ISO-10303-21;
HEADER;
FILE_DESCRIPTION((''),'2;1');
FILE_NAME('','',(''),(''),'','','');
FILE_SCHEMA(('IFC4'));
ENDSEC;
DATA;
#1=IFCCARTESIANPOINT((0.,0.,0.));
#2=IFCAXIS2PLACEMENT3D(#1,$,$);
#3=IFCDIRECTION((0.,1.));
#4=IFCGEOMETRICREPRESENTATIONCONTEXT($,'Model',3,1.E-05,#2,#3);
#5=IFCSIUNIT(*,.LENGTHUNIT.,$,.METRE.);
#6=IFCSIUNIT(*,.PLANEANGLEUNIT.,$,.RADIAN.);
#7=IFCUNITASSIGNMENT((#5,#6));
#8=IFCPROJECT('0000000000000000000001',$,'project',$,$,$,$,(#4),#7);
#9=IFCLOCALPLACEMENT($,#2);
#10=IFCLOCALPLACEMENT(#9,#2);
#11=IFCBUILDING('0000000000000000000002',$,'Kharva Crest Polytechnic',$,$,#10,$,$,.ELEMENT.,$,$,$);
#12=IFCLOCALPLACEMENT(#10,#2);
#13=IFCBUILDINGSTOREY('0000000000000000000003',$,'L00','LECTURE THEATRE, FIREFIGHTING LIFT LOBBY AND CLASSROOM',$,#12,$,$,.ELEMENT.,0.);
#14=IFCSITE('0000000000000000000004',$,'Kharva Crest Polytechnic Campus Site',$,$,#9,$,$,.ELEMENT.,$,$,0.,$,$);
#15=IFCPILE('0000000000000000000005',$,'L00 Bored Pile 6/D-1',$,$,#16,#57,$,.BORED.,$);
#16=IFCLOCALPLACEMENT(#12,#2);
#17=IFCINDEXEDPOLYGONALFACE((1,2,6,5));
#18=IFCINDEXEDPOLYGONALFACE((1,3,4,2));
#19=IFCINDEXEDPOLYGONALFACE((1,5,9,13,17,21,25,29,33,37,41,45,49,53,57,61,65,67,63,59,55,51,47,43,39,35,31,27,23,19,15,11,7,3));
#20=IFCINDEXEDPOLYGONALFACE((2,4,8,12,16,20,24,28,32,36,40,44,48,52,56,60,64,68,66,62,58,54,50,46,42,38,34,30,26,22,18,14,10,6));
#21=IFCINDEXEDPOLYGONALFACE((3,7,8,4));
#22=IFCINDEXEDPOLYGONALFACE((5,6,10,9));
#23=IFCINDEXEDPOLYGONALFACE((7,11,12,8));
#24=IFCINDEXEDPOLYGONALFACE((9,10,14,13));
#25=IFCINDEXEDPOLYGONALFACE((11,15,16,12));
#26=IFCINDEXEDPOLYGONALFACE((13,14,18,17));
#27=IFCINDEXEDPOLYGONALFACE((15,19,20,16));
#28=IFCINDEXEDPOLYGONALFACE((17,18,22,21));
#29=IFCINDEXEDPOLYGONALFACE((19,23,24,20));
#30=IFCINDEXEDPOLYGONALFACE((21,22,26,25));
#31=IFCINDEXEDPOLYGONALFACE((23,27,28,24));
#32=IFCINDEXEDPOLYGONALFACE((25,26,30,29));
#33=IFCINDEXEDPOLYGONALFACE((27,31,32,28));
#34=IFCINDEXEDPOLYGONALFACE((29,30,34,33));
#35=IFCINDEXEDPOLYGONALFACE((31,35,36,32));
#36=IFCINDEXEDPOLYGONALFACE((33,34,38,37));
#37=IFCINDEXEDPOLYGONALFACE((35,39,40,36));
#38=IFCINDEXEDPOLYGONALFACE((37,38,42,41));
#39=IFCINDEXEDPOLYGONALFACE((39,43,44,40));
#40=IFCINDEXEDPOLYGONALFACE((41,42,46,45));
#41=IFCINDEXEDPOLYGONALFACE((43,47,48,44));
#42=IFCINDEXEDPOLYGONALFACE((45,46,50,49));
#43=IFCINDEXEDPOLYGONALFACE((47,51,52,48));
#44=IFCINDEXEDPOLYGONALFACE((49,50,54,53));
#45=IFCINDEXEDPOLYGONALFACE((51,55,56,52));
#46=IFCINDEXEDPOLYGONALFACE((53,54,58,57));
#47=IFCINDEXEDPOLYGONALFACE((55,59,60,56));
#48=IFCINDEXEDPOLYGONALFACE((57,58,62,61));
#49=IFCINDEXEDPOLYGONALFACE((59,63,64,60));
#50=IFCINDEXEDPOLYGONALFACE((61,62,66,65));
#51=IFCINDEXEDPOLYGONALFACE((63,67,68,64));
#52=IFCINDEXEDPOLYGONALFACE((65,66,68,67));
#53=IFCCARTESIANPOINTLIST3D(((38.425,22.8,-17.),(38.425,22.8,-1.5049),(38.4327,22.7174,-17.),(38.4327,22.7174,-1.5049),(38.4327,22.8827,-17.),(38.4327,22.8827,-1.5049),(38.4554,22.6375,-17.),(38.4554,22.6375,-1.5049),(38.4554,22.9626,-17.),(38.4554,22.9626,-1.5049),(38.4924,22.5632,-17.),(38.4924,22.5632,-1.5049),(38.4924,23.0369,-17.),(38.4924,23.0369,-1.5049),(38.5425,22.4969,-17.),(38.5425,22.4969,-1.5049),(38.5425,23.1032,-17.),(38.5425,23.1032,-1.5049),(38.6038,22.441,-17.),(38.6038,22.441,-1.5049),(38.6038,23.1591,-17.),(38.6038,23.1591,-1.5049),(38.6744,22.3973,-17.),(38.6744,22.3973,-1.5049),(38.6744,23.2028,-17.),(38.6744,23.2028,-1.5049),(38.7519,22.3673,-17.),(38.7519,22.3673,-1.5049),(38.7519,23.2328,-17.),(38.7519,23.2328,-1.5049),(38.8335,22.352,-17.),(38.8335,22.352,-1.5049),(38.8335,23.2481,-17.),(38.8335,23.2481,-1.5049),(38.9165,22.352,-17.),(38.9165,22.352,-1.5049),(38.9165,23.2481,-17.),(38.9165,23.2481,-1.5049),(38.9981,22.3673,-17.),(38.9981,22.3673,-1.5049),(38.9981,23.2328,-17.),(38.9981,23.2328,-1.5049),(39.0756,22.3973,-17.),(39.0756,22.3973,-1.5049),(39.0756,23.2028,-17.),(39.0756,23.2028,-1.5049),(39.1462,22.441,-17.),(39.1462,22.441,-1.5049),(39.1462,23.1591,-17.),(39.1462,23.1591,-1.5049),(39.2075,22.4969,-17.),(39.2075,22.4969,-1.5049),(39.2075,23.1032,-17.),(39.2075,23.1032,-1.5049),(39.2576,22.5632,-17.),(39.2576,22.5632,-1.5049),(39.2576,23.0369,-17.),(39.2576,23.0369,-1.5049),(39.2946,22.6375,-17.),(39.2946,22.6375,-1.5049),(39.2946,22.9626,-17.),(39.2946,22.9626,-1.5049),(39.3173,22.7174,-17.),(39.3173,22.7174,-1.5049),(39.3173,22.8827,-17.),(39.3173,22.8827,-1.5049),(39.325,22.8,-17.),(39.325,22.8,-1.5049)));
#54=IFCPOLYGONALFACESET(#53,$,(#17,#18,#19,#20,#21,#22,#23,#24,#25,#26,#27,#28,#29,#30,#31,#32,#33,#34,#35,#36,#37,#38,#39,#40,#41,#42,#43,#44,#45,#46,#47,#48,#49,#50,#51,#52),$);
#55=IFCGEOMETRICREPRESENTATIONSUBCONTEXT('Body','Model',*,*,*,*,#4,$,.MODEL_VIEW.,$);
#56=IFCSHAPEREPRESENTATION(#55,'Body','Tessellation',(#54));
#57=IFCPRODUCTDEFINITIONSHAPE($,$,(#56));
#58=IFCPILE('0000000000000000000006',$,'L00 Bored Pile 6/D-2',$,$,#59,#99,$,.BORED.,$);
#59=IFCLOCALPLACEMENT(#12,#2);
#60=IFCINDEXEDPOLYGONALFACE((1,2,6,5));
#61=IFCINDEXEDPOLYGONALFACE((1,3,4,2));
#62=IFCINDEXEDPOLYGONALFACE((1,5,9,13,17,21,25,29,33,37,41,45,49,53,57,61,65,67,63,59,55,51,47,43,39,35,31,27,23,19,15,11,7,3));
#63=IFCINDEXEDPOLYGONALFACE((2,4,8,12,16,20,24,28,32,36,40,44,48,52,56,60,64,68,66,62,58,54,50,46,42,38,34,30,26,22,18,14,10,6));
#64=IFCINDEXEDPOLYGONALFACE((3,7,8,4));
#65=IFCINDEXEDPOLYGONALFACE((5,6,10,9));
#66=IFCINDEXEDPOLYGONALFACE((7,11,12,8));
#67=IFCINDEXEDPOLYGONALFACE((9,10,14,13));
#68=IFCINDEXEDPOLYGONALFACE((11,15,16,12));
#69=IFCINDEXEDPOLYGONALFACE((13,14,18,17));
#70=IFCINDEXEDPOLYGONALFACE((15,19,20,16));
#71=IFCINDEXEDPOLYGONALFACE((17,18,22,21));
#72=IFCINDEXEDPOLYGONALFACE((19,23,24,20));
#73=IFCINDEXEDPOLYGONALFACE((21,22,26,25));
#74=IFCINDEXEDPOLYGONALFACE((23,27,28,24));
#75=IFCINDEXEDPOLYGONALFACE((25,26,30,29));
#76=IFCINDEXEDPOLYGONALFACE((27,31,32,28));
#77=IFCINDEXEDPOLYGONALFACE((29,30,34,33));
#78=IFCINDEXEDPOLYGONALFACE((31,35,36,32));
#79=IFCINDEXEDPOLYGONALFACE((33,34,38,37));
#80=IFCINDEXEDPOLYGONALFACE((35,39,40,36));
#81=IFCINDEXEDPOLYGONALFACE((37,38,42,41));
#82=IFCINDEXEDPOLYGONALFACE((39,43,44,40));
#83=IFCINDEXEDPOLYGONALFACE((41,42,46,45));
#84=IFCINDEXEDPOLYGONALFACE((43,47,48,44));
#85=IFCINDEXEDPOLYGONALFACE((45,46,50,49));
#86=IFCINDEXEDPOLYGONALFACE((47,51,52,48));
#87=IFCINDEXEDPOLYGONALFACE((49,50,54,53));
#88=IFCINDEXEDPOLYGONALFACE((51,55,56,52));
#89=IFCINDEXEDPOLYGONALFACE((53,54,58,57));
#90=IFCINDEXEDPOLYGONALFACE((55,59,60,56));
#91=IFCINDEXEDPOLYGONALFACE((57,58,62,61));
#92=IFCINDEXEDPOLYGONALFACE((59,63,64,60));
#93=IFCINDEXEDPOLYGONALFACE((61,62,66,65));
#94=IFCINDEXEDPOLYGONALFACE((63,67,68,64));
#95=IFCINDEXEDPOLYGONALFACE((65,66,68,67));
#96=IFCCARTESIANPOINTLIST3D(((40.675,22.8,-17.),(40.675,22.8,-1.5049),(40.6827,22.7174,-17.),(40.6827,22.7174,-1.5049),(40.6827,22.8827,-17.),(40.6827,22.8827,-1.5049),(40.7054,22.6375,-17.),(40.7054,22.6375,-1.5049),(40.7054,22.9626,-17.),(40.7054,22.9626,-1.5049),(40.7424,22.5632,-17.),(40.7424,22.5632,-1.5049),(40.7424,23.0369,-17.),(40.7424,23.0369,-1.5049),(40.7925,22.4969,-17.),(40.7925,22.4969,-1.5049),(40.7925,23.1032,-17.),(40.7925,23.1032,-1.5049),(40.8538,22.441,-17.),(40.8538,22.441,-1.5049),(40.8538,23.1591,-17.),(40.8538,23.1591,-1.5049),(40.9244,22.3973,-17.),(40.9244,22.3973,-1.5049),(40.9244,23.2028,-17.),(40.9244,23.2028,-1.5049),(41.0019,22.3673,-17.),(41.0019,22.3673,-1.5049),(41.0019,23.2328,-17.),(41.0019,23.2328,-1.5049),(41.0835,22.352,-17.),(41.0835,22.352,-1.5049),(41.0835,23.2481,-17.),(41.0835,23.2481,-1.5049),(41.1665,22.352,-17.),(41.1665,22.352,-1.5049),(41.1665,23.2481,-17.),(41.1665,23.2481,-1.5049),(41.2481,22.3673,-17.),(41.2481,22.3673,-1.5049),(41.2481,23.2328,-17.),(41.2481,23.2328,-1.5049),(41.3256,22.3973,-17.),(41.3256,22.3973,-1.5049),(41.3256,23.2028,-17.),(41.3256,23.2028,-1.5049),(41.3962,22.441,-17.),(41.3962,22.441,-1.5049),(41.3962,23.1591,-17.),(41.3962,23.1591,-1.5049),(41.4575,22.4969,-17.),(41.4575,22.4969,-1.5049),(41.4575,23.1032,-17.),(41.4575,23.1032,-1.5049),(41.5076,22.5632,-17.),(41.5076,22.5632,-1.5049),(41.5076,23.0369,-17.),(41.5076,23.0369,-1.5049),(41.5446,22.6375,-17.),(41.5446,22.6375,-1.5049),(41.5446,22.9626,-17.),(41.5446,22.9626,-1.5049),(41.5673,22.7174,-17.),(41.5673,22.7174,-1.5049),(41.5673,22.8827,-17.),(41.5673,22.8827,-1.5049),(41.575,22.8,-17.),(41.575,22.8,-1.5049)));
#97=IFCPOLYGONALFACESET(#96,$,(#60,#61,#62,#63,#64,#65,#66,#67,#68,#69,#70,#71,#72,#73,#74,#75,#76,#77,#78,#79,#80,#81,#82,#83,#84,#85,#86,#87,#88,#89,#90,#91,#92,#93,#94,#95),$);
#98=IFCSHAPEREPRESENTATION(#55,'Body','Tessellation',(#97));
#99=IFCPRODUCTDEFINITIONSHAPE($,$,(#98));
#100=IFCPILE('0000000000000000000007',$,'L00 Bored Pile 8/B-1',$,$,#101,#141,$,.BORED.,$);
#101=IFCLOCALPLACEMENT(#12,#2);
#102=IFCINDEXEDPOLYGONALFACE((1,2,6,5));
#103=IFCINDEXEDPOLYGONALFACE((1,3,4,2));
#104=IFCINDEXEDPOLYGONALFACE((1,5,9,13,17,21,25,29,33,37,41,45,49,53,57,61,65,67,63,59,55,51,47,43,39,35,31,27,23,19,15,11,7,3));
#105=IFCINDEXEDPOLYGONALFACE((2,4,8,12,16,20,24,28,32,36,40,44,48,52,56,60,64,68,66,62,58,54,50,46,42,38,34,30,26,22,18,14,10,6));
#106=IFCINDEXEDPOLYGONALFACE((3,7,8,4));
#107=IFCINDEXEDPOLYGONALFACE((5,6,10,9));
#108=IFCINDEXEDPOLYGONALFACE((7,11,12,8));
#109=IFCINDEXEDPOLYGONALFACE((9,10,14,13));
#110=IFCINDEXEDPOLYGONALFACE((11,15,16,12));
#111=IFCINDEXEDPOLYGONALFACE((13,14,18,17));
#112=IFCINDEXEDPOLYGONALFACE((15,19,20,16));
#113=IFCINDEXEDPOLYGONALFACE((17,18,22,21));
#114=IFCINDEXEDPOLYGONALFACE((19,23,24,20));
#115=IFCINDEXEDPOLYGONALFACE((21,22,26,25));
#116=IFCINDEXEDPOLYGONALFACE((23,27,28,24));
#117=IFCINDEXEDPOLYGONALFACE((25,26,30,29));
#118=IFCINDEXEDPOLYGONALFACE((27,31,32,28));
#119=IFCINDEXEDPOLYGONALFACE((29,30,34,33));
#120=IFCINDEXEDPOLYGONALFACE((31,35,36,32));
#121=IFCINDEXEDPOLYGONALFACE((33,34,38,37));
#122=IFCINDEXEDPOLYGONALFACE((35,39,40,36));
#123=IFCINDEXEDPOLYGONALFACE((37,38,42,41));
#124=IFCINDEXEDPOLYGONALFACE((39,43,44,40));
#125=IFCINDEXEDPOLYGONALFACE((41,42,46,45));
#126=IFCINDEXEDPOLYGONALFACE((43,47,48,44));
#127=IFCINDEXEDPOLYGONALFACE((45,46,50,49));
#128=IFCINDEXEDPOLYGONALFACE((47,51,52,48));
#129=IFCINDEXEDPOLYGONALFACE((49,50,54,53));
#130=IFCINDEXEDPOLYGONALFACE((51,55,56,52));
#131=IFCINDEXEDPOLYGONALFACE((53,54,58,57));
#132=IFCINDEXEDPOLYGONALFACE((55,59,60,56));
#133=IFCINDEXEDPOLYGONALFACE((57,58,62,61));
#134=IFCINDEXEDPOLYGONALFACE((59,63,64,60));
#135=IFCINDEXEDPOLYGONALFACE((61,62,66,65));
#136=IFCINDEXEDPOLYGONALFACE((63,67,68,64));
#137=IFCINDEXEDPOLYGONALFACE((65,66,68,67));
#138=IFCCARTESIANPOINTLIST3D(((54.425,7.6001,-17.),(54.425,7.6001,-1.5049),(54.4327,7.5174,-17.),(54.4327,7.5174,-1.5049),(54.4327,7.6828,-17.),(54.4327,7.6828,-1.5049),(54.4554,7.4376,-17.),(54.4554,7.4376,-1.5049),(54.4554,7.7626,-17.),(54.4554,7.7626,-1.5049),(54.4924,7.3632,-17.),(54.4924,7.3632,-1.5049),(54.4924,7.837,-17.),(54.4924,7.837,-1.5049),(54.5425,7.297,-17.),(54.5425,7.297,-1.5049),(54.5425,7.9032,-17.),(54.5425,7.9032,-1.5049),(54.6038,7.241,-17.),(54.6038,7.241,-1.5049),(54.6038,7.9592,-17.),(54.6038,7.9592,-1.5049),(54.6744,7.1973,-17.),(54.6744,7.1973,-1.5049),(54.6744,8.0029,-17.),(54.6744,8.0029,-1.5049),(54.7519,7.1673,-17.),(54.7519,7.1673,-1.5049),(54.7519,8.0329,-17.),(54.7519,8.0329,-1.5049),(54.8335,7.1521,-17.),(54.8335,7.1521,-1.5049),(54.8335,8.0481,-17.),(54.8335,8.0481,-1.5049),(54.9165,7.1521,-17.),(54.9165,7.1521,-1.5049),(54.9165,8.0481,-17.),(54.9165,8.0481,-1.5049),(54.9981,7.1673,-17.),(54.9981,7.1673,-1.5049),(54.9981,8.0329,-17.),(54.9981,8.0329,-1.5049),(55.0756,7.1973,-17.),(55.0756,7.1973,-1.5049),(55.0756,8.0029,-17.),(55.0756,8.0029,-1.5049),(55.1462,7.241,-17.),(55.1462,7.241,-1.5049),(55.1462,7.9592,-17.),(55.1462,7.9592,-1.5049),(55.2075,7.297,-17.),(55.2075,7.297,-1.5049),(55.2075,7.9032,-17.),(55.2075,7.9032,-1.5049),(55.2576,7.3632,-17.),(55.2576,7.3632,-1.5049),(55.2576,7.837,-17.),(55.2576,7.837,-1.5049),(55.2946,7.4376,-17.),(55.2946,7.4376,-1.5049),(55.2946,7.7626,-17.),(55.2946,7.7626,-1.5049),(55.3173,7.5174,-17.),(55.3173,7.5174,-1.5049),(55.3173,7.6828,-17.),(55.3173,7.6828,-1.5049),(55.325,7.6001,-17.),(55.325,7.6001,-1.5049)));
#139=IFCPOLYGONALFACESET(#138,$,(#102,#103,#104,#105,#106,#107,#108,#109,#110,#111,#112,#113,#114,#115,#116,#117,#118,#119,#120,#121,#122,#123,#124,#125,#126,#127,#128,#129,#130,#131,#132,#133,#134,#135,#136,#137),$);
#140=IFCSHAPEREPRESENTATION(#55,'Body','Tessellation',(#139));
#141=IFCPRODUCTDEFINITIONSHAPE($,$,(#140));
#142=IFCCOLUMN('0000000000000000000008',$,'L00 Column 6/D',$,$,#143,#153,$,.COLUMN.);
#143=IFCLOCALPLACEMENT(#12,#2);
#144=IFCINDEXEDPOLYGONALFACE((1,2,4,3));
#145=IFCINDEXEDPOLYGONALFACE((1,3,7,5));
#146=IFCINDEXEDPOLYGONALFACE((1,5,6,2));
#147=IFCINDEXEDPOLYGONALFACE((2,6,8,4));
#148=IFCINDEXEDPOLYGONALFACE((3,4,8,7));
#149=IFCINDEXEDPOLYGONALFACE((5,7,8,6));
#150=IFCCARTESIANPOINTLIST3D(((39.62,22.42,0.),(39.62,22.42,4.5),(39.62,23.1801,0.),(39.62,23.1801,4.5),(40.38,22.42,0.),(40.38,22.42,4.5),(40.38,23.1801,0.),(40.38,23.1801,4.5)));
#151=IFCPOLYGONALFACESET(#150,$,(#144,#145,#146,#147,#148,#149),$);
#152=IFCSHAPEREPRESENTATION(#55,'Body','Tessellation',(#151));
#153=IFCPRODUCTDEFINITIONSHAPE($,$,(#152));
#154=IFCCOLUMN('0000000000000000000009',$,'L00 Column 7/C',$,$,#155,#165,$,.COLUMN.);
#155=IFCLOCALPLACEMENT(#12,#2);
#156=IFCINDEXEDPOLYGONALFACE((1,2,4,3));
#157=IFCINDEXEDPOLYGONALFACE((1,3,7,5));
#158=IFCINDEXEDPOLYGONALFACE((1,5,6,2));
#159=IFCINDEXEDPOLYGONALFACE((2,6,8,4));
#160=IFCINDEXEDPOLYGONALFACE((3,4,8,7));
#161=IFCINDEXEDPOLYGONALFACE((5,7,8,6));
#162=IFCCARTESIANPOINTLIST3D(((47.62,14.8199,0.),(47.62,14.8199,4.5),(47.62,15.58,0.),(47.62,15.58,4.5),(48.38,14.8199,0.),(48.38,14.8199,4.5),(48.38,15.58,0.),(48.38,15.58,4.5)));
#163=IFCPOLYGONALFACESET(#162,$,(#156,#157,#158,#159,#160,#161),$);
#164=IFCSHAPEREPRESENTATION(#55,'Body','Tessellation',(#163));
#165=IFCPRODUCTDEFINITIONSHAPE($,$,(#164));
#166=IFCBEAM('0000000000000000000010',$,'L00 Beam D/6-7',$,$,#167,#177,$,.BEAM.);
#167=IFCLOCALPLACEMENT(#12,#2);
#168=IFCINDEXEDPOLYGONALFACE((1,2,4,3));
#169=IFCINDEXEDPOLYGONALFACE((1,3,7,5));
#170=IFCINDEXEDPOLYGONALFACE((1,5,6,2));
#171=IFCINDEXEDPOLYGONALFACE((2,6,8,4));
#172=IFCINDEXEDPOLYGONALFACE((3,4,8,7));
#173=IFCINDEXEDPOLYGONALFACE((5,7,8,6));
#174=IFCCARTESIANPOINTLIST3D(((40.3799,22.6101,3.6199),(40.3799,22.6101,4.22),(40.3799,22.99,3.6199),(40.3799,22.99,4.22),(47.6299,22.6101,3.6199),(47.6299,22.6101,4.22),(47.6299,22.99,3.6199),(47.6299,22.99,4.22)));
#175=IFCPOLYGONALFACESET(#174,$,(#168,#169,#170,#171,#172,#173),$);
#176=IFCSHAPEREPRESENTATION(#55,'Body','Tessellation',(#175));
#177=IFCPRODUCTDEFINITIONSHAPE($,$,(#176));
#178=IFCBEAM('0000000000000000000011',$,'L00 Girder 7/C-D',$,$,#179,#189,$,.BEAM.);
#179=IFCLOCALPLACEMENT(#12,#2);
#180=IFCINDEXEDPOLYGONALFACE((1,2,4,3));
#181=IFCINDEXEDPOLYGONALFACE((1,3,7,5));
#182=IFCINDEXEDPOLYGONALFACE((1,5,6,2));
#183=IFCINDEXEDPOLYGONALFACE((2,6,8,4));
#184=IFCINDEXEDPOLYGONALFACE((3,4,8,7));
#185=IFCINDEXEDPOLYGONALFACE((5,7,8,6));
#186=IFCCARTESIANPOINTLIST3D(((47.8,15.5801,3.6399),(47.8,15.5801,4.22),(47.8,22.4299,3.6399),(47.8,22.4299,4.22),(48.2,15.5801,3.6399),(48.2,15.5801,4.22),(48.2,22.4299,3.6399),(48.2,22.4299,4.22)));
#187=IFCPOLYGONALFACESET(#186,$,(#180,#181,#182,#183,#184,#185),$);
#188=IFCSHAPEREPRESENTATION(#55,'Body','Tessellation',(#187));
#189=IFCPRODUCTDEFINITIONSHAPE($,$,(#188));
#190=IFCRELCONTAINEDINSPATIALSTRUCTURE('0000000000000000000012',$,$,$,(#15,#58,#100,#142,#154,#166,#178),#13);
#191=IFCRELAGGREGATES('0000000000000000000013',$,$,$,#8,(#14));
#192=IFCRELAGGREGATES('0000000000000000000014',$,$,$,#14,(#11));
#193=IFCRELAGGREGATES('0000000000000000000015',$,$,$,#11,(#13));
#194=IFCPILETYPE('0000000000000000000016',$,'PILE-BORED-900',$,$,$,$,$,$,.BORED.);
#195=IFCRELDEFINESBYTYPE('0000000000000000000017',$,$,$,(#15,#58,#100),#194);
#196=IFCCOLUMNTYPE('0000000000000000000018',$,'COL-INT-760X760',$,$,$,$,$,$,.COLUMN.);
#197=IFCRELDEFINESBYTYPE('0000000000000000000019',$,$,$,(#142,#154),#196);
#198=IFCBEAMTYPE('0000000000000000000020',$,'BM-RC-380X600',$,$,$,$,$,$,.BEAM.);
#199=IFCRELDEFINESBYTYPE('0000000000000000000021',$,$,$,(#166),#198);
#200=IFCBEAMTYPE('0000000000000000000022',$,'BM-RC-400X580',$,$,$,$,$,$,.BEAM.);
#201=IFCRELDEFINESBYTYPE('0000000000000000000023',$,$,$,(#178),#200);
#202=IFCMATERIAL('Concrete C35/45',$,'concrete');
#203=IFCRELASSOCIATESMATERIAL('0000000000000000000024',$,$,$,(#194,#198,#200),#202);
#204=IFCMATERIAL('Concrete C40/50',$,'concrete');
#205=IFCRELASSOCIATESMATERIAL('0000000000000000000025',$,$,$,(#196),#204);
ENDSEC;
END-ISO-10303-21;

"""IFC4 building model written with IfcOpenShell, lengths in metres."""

from ifc_helpers import new_model, si_unit, direction, frame, origin, origin_2d, place, context, subcontext, project, spatial, rectangle, circle, extrude, material, material_profile, profile_set, type_object, element, save


model = new_model("IFC4")

# Units and contexts
model_context = context("Model", 3, precision=1e-05, world=origin(), true_north=direction((0.0, 1.0)))
body_context = subcontext(model_context, "Body", "Model", "MODEL_VIEW")
ifc_project = project(units=[si_unit("LENGTHUNIT", "METRE"), si_unit("PLANEANGLEUNIT", "RADIAN")], contexts=[model_context])

# Site, building, storey
site_placement = place(None, origin())
site = spatial("IfcSite", under=ifc_project, at=site_placement, Name="Kharva Crest Polytechnic Campus Site", CompositionType="ELEMENT", RefElevation=0.0)
building_placement = place(site_placement, origin())
building = spatial("IfcBuilding", under=site, at=building_placement, Name="Kharva Crest Polytechnic", CompositionType="ELEMENT")
storey_placement = place(building_placement, origin())
storey = spatial("IfcBuildingStorey", under=building, at=storey_placement, Name="L00", Description="LECTURE THEATRE, FIREFIGHTING LIFT LOBBY AND CLASSROOM", CompositionType="ELEMENT", Elevation=0.0)

# Shared definitions
ifc_material_1 = material(Name="Concrete C35/45", Category="concrete")

# Piles
ifc_material_profile_1 = material_profile(ifc_material_1, circle(Radius=0.45, at=origin_2d()), Name="DIA 900")
ifc_profile_set_1 = profile_set([ifc_material_profile_1], Name="Concrete C35/45")
pile_type_1 = type_object("IfcPileType", Name="PILE-BORED-900", PredefinedType="BORED", material=ifc_profile_set_1)
for number, where, z_axis, x_axis, name in (
    (1, (38.875, 22.8, -1.5049), (0.0, 0.0, -1.0), (1.0, 0.0, 0.0), "L00 Bored Pile 6/D-1"),
    (2, (41.125, 22.8, -1.5049), (0.0, 0.0, -1.0), (1.0, 0.0, 0.0), "L00 Bored Pile 6/D-2"),
    (3, (54.875, 7.6001, -1.5049), (0.0, 0.0, -1.0), (1.0, 0.0, 0.0), "L00 Bored Pile 8/B-1"),
):
    element("IfcPile", number, at=place(storey_placement, frame(where, z_axis=z_axis, x_axis=x_axis)), inside=storey, type_object=pile_type_1, Name=name, PredefinedType="BORED", context=body_context, shape_type="SweptSolid", body=[
        extrude(circle(Radius=0.45, at=origin_2d()), origin(), (0.0, 0.0, 1.0), 15.4951),
    ])

# Columns
ifc_material_2 = material(Name="Concrete C40/50", Category="concrete")
ifc_material_profile_2 = material_profile(ifc_material_2, rectangle(XDim=0.76, YDim=0.76, at=origin_2d()), Name="RECT 760 X 760")
ifc_profile_set_2 = profile_set([ifc_material_profile_2], Name="Concrete C40/50")
column_type = type_object("IfcColumnType", Name="COL-INT-760X760", PredefinedType="COLUMN", material=ifc_profile_set_2)
for number, where, z_axis, x_axis, name in (
    (4, (40.0, 22.8, 0.0), (0.0, 0.0, 1.0), (1.0, 0.0, 0.0), "L00 Column 6/D"),
    (5, (48.0, 15.2, 0.0), (0.0, 0.0, 1.0), (1.0, 0.0, 0.0), "L00 Column 7/C"),
):
    element("IfcColumn", number, at=place(storey_placement, frame(where, z_axis=z_axis, x_axis=x_axis)), inside=storey, type_object=column_type, Name=name, PredefinedType="COLUMN", context=body_context, shape_type="SweptSolid", body=[
        extrude(rectangle(XDim=0.76, YDim=0.76, at=origin_2d()), origin(), (0.0, 0.0, 1.0), 4.5),
    ])

# Beams
ifc_material_profile_3 = material_profile(ifc_material_1, rectangle(XDim=0.3799, YDim=0.6001, at=origin_2d()), Name="RECT 380 X 600")
ifc_profile_set_3 = profile_set([ifc_material_profile_3], Name="Concrete C35/45")
beam_type_1 = type_object("IfcBeamType", Name="BM-RC-380X600", PredefinedType="BEAM", material=ifc_profile_set_3)
beam_1_placement = place(storey_placement, frame((40.3799, 22.8, 3.9199), z_axis=(1.0, 0.0, 0.0), x_axis=(0.0, 1.0, 0.0)))
element("IfcBeam", 6, at=beam_1_placement, inside=storey, type_object=beam_type_1, Name="L00 Beam D/6-7", PredefinedType="BEAM", context=body_context, shape_type="SweptSolid", body=[
    extrude(rectangle(XDim=0.3799, YDim=0.6001, at=origin_2d()), origin(), (0.0, 0.0, 1.0), 7.25),
])
ifc_material_profile_4 = material_profile(ifc_material_1, rectangle(XDim=0.3999, YDim=0.5801, at=origin_2d()), Name="RECT 400 X 580")
ifc_profile_set_4 = profile_set([ifc_material_profile_4], Name="Concrete C35/45")
beam_type_2 = type_object("IfcBeamType", Name="BM-RC-400X580", PredefinedType="BEAM", material=ifc_profile_set_4)
beam_2_placement = place(storey_placement, frame((48.0, 15.5801, 3.9299), z_axis=(0.0, 1.0, 0.0), x_axis=(-1.0, 0.0, 0.0)))
element("IfcBeam", 7, at=beam_2_placement, inside=storey, type_object=beam_type_2, Name="L00 Girder 7/C-D", PredefinedType="BEAM", context=body_context, shape_type="SweptSolid", body=[
    extrude(rectangle(XDim=0.3999, YDim=0.5801, at=origin_2d()), origin(), (0.0, 0.0, 1.0), 6.8499),
])

save(model, "model.ifc")
